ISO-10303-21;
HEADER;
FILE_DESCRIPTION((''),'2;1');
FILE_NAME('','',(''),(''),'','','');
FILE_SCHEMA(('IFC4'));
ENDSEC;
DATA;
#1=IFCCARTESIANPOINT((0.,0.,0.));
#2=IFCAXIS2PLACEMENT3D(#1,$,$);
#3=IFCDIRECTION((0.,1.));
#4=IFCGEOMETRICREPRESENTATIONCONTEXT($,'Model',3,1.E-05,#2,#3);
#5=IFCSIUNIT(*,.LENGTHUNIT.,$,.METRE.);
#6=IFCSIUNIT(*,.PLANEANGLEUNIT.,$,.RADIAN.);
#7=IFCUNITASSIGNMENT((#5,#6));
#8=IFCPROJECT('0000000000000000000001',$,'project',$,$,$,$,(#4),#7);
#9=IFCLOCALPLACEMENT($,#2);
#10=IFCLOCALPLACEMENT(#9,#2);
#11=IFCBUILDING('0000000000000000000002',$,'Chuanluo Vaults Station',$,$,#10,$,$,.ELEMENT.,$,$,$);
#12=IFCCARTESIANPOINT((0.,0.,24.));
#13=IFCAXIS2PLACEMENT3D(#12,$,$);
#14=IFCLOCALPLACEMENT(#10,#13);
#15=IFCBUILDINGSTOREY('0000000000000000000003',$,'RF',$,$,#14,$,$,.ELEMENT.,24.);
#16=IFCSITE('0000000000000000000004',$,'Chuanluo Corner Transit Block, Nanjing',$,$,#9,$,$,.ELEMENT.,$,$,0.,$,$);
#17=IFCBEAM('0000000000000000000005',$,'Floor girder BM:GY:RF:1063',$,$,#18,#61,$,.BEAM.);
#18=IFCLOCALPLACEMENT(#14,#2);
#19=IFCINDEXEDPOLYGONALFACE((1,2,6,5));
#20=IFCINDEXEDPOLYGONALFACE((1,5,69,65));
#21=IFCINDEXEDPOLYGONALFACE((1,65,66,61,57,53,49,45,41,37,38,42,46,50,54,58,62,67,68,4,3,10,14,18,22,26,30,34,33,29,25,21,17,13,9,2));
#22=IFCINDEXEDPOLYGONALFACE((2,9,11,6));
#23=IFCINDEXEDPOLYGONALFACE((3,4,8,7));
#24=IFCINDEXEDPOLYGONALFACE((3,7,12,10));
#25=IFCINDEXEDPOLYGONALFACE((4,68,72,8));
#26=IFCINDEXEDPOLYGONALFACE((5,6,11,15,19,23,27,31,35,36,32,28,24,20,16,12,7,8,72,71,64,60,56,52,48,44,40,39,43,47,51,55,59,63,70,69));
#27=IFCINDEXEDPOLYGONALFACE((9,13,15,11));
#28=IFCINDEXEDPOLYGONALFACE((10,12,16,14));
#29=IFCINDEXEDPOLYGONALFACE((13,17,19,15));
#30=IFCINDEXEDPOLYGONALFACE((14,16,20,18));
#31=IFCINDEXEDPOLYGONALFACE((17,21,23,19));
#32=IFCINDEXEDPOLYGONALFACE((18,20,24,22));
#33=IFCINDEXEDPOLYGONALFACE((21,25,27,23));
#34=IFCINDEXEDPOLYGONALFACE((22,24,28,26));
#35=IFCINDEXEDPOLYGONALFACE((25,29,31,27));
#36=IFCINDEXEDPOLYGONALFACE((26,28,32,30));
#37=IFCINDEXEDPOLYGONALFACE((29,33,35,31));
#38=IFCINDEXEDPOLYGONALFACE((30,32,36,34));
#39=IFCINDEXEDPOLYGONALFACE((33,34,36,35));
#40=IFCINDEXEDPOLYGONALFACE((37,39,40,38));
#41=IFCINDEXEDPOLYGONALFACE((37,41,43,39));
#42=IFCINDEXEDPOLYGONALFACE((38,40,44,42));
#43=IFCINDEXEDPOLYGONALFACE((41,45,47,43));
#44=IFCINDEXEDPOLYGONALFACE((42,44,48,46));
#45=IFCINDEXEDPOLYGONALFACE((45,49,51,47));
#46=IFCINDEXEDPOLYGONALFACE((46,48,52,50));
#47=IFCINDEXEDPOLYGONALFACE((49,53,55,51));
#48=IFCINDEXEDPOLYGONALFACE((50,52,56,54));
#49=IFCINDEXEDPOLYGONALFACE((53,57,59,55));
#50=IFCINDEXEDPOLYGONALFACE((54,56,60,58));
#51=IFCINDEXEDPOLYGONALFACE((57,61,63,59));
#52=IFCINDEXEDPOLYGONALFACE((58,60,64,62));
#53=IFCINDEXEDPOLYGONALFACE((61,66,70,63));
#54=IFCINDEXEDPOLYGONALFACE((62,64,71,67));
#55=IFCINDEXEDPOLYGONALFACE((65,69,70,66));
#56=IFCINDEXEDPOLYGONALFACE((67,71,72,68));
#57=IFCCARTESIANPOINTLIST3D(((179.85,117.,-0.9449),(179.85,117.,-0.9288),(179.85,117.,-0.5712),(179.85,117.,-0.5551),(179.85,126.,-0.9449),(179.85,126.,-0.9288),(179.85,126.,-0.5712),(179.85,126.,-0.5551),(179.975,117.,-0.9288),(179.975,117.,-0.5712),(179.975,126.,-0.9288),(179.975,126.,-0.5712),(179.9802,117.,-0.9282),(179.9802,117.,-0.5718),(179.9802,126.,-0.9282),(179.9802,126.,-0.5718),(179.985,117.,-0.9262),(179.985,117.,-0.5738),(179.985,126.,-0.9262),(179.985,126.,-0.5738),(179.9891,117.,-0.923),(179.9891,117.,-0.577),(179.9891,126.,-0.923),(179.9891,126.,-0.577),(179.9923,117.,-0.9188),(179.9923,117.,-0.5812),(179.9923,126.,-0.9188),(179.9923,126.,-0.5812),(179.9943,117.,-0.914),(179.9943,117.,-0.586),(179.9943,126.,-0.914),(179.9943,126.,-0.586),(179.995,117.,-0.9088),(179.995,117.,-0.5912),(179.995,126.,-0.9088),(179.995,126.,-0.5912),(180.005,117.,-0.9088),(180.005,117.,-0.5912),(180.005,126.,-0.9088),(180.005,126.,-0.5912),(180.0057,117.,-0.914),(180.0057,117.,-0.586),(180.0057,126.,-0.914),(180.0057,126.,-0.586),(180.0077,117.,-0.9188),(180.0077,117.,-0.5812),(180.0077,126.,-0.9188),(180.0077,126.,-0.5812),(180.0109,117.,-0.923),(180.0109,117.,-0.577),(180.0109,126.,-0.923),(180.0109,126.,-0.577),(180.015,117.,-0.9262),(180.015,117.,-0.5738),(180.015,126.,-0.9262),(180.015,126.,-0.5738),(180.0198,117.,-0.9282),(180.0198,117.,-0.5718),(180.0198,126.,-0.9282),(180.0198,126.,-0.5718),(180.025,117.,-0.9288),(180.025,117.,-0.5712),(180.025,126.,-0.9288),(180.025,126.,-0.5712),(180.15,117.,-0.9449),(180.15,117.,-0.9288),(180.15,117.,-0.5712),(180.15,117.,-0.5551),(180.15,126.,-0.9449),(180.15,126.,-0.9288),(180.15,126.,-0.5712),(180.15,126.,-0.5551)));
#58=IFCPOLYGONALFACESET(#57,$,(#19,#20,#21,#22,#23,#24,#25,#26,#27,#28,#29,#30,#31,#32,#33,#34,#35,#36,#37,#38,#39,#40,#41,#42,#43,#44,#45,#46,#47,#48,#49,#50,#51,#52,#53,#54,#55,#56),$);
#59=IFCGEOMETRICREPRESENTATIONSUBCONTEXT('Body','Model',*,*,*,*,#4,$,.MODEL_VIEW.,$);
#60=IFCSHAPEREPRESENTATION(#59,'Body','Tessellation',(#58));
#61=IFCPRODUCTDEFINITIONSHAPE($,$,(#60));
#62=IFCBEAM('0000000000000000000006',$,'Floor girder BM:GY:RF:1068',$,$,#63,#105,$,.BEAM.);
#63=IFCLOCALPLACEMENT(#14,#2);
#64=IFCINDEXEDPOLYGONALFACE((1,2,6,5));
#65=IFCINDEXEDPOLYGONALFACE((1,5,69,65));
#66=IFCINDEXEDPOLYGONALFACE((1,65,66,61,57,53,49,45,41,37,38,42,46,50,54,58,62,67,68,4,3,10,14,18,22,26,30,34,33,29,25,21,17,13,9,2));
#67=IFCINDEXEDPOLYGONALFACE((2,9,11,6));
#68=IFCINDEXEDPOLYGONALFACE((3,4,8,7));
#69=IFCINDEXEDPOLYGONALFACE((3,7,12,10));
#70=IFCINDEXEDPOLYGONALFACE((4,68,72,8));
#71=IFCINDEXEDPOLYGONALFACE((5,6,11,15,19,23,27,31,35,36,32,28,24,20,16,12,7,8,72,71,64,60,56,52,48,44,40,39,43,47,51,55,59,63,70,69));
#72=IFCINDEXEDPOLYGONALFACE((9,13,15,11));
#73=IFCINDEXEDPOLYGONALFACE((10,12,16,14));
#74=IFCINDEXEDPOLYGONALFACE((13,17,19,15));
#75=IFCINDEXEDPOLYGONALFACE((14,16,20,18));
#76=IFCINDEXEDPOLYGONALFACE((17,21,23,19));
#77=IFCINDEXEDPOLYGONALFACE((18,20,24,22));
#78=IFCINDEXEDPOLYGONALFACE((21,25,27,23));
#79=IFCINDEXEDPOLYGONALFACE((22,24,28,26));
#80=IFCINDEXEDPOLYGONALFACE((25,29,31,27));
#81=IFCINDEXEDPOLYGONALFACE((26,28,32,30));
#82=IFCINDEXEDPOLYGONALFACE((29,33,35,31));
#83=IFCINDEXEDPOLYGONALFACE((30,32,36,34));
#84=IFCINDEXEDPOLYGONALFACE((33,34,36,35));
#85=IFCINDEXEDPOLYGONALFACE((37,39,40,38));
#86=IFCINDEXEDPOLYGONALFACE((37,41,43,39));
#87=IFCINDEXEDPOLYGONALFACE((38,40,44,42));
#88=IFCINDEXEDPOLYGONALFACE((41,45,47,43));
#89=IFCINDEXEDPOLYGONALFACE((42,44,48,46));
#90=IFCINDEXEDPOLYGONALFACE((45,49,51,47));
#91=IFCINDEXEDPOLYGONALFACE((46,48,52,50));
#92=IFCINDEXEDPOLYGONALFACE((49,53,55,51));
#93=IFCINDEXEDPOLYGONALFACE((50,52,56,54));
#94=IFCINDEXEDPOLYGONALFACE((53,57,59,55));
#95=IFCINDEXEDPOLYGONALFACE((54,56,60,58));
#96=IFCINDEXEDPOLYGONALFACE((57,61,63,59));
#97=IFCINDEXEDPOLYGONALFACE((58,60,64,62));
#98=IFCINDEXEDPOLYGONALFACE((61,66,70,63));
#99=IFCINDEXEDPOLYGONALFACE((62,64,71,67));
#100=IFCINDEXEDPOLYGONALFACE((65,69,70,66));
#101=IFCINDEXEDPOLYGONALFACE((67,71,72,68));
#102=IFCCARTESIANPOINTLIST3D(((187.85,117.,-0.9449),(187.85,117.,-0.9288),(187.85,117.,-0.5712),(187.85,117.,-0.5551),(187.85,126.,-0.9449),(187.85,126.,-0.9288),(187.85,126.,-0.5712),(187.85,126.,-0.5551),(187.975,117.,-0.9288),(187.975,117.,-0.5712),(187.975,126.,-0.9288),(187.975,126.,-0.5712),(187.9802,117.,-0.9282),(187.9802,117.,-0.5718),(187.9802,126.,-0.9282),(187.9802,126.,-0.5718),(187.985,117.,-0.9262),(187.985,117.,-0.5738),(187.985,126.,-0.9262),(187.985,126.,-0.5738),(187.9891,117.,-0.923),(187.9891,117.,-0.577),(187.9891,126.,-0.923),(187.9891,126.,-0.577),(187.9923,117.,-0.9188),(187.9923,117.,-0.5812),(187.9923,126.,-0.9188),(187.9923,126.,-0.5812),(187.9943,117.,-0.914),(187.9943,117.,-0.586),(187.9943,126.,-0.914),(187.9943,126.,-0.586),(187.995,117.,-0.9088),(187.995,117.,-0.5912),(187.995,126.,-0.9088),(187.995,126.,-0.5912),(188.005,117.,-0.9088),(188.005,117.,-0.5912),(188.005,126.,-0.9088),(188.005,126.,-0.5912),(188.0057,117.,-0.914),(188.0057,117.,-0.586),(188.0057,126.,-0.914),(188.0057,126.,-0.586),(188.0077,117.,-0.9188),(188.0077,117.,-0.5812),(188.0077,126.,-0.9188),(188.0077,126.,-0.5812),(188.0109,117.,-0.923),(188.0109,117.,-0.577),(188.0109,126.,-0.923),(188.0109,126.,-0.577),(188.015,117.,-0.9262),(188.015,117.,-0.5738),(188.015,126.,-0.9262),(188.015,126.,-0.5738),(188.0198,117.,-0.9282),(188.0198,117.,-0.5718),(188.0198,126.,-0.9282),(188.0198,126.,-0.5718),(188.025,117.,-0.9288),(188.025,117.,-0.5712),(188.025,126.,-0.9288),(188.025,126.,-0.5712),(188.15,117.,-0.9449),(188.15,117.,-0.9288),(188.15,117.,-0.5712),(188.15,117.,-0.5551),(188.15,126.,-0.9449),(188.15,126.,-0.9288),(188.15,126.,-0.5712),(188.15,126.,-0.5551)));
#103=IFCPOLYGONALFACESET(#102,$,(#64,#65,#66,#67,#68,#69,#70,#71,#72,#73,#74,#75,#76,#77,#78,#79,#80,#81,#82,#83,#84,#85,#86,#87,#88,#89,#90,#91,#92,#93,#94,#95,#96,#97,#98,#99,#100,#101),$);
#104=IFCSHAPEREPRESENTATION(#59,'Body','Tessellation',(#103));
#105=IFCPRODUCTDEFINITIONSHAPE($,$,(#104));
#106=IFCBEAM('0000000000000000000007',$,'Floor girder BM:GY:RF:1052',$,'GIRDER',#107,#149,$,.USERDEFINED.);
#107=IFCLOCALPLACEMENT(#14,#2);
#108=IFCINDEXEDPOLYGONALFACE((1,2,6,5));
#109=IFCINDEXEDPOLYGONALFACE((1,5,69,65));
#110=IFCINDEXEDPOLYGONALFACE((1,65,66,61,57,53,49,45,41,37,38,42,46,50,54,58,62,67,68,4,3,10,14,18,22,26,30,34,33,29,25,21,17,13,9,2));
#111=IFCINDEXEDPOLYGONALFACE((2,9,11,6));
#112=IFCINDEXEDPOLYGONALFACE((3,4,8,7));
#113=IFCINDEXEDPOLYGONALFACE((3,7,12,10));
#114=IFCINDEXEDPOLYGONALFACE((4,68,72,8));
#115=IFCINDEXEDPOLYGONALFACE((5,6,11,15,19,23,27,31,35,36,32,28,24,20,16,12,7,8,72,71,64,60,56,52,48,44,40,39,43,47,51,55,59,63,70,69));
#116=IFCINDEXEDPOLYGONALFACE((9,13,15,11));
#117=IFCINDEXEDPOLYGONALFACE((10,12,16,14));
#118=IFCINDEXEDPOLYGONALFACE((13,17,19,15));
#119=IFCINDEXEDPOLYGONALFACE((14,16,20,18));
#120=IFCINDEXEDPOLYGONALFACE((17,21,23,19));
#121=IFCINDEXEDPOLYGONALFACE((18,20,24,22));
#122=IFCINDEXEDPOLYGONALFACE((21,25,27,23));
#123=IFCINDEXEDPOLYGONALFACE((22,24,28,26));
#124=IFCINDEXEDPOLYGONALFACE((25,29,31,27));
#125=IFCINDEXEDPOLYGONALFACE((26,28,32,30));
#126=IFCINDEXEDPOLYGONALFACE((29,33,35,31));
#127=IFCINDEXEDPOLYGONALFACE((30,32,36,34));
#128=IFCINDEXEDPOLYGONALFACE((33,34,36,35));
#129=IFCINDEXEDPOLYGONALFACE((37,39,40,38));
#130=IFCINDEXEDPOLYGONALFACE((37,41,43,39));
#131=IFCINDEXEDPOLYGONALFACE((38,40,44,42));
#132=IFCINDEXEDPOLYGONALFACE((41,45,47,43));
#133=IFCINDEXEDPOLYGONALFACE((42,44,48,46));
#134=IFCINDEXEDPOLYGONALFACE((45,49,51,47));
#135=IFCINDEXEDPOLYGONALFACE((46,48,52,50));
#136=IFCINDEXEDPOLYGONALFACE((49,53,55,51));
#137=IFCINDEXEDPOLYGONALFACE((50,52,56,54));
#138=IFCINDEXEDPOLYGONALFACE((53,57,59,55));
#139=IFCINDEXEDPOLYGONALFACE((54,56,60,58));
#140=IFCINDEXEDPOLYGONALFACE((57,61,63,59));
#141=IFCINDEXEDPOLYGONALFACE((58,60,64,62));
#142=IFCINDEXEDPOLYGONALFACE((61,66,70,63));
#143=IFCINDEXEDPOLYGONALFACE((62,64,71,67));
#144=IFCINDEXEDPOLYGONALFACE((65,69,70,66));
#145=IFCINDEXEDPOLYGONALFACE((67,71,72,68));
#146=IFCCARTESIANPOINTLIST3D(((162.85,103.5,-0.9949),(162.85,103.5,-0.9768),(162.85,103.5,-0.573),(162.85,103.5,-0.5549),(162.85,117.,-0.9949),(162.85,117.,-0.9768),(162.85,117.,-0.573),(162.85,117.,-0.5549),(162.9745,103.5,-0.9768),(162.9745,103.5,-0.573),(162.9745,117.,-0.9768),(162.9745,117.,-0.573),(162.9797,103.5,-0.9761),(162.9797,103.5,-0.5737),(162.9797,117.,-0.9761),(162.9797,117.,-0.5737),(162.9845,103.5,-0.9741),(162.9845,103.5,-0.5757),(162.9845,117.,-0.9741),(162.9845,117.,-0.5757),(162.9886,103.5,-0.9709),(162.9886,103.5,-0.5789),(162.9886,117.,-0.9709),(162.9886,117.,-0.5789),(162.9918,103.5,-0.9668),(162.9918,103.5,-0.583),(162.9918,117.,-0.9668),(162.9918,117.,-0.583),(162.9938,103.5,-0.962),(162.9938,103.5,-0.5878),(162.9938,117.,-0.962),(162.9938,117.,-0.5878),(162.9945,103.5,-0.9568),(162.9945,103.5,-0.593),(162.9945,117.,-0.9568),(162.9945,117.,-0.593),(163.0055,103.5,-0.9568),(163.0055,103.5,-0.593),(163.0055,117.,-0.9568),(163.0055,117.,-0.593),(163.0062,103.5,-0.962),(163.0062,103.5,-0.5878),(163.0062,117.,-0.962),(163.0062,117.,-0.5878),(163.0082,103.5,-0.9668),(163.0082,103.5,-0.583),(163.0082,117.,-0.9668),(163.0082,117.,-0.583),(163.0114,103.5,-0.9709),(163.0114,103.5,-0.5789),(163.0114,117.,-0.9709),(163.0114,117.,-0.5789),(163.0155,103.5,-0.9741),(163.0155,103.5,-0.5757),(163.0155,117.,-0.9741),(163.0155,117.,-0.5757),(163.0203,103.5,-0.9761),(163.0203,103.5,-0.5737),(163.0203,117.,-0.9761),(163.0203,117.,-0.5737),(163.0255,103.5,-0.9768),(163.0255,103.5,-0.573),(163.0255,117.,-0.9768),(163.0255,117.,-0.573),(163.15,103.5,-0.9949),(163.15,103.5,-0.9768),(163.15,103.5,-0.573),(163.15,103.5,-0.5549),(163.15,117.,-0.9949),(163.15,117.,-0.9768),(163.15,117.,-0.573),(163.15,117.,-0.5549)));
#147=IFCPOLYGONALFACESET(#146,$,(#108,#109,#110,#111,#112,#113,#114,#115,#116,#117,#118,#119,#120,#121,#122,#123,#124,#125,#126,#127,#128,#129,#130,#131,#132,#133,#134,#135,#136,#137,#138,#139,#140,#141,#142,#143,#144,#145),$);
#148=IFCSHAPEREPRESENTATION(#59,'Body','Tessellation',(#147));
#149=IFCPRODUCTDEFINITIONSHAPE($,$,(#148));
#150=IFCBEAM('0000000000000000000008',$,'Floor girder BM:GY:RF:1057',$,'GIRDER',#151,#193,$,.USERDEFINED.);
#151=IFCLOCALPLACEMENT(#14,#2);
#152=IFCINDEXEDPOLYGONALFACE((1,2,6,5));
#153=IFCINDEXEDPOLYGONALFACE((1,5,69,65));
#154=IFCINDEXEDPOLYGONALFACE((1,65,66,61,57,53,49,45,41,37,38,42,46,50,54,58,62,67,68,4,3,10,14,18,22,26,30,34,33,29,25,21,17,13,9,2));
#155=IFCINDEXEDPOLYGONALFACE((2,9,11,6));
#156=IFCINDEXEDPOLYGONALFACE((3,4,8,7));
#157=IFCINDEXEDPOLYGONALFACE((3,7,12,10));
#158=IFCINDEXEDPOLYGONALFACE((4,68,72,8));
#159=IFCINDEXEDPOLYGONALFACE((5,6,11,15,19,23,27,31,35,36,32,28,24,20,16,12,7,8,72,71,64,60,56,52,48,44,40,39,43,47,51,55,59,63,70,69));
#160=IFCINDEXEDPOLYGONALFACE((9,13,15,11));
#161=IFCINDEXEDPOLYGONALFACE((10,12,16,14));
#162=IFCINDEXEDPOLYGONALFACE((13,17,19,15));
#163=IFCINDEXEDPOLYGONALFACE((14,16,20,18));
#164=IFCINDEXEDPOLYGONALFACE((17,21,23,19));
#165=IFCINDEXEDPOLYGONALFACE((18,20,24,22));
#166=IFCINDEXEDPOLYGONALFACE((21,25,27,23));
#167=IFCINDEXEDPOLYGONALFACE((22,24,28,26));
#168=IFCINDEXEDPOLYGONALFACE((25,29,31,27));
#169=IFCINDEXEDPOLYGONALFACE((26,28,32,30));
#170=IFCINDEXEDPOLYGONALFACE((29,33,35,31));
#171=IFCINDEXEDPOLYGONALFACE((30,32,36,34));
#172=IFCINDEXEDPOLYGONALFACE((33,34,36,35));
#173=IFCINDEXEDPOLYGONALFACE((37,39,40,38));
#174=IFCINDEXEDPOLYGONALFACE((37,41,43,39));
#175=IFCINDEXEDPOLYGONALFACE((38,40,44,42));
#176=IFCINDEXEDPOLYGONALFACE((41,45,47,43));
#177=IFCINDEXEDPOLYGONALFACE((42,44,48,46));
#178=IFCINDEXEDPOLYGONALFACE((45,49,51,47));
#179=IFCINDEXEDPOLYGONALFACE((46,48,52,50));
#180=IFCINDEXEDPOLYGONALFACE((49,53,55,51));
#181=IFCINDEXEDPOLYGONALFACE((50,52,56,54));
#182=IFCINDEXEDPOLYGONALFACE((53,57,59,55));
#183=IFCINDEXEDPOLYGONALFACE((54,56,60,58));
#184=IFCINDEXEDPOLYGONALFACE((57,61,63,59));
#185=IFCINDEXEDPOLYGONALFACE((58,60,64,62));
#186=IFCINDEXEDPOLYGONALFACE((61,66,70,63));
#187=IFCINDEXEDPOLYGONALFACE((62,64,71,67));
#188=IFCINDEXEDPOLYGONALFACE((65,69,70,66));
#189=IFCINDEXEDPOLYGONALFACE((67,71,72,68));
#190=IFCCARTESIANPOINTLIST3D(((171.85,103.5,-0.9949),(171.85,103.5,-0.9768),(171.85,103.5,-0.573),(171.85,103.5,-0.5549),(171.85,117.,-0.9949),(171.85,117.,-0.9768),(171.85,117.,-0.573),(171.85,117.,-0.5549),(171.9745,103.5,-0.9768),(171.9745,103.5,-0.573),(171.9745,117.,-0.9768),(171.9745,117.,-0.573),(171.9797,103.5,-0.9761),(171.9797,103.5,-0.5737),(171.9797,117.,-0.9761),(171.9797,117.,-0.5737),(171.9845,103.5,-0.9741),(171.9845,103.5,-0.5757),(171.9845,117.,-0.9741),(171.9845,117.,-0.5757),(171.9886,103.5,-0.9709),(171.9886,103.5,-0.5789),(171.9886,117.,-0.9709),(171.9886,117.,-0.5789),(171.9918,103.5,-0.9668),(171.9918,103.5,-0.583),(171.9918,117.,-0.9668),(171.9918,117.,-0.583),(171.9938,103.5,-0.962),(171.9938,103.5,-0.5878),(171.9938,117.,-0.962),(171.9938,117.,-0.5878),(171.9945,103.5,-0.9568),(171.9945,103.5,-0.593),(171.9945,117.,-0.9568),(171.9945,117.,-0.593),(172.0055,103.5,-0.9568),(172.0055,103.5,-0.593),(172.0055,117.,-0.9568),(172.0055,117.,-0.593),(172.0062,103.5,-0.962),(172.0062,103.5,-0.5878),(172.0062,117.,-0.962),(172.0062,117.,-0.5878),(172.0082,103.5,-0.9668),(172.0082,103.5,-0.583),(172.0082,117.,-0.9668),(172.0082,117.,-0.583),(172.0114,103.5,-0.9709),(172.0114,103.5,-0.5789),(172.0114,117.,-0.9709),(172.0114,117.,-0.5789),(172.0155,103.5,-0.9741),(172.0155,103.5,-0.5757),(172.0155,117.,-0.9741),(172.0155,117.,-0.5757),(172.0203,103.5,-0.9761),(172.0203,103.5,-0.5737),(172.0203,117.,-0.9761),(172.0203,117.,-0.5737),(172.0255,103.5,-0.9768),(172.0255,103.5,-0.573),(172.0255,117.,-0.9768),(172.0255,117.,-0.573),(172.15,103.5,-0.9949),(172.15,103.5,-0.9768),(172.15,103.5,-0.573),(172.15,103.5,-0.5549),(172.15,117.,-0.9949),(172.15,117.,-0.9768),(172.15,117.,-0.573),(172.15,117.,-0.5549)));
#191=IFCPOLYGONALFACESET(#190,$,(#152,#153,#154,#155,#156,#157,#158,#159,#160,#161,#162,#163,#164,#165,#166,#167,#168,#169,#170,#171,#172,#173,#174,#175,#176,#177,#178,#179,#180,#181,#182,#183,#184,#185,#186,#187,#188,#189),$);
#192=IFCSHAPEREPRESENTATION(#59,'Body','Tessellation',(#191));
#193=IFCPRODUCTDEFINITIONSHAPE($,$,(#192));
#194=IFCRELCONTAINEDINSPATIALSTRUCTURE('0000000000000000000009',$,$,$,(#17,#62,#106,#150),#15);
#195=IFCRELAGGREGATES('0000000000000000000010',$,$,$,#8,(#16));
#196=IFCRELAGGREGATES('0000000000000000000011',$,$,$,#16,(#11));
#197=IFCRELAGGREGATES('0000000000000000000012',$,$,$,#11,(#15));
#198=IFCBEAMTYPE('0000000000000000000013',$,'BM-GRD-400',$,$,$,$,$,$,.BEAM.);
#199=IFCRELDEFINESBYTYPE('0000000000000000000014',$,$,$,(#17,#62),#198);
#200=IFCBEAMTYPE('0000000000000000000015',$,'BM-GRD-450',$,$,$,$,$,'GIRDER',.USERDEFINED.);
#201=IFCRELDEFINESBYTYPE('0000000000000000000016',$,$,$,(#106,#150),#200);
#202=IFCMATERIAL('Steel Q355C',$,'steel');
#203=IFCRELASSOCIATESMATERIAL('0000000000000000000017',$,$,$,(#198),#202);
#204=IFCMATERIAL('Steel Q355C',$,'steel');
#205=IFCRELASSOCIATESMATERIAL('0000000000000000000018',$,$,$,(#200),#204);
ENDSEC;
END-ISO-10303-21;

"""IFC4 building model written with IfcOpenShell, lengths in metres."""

from ifc_helpers import new_model, si_unit, direction, frame, origin, origin_2d, place, context, subcontext, project, spatial, i_section, extrude, material, material_profile, profile_set, type_object, element, save


model = new_model("IFC4")

# Units and contexts
model_context = context("Model", 3, precision=1e-05, world=origin(), true_north=direction((0.0, 1.0)))
body_context = subcontext(model_context, "Body", "Model", "MODEL_VIEW")
ifc_project = project(units=[si_unit("LENGTHUNIT", "METRE"), si_unit("PLANEANGLEUNIT", "RADIAN")], contexts=[model_context])

# Site, building, storey
site_placement = place(None, origin())
site = spatial("IfcSite", under=ifc_project, at=site_placement, Name="Chuanluo Corner Transit Block, Nanjing", CompositionType="ELEMENT", RefElevation=0.0)
building_placement = place(site_placement, origin())
building = spatial("IfcBuilding", under=site, at=building_placement, Name="Chuanluo Vaults Station", CompositionType="ELEMENT")
storey_placement = place(building_placement, frame((0.0, 0.0, 24.0)))
storey = spatial("IfcBuildingStorey", under=building, at=storey_placement, Name="RF", CompositionType="ELEMENT", Elevation=24.0)

# Beams
ifc_material_1 = material(Name="Steel Q355C", Category="steel")
ifc_material_profile_1 = material_profile(ifc_material_1, i_section(OverallWidth=0.3, OverallDepth=0.3899, WebThickness=0.01, FlangeThickness=0.0161, FilletRadius=0.02, at=origin_2d()))
ifc_profile_set_1 = profile_set([ifc_material_profile_1], Name="Steel Q355C")
beam_type_1 = type_object("IfcBeamType", Name="BM-GRD-400", PredefinedType="BEAM", material=ifc_profile_set_1)
for number, where, z_axis, x_axis, name in (
    (1, (180.0, 117.0, -0.75), (0.0, 1.0, 0.0), (-1.0, 0.0, 0.0), "Floor girder BM:GY:RF:1063"),
    (2, (188.0, 117.0, -0.75), (0.0, 1.0, 0.0), (-1.0, 0.0, 0.0), "Floor girder BM:GY:RF:1068"),
):
    element("IfcBeam", number, at=place(storey_placement, frame(where, z_axis=z_axis, x_axis=x_axis)), inside=storey, type_object=beam_type_1, Name=name, PredefinedType="BEAM", context=body_context, shape_type="SweptSolid", body=[
        extrude(i_section(OverallWidth=0.3, OverallDepth=0.3899, WebThickness=0.01, FlangeThickness=0.0161, FilletRadius=0.02, at=origin_2d()), origin(), (0.0, 0.0, 1.0), 9.0),
    ])
ifc_material_2 = material(Name="Steel Q355C", Category="steel")
ifc_material_profile_2 = material_profile(ifc_material_2, i_section(OverallWidth=0.3, OverallDepth=0.4399, WebThickness=0.011, FlangeThickness=0.0181, FilletRadius=0.02, at=origin_2d()))
ifc_profile_set_2 = profile_set([ifc_material_profile_2], Name="Steel Q355C")
beam_type_2 = type_object("IfcBeamType", Name="BM-GRD-450", ElementType="GIRDER", PredefinedType="USERDEFINED", material=ifc_profile_set_2)
for number, where, z_axis, x_axis, name in (
    (3, (163.0, 103.5, -0.7749), (0.0, 1.0, 0.0), (-1.0, 0.0, 0.0), "Floor girder BM:GY:RF:1052"),
    (4, (172.0, 103.5, -0.7749), (0.0, 1.0, 0.0), (-1.0, 0.0, 0.0), "Floor girder BM:GY:RF:1057"),
):
    element("IfcBeam", number, at=place(storey_placement, frame(where, z_axis=z_axis, x_axis=x_axis)), inside=storey, type_object=beam_type_2, Name=name, ObjectType="GIRDER", PredefinedType="USERDEFINED", context=body_context, shape_type="SweptSolid", body=[
        extrude(i_section(OverallWidth=0.3, OverallDepth=0.4399, WebThickness=0.011, FlangeThickness=0.0181, FilletRadius=0.02, at=origin_2d()), origin(), (0.0, 0.0, 1.0), 13.5),
    ])

save(model, "model.ifc")
